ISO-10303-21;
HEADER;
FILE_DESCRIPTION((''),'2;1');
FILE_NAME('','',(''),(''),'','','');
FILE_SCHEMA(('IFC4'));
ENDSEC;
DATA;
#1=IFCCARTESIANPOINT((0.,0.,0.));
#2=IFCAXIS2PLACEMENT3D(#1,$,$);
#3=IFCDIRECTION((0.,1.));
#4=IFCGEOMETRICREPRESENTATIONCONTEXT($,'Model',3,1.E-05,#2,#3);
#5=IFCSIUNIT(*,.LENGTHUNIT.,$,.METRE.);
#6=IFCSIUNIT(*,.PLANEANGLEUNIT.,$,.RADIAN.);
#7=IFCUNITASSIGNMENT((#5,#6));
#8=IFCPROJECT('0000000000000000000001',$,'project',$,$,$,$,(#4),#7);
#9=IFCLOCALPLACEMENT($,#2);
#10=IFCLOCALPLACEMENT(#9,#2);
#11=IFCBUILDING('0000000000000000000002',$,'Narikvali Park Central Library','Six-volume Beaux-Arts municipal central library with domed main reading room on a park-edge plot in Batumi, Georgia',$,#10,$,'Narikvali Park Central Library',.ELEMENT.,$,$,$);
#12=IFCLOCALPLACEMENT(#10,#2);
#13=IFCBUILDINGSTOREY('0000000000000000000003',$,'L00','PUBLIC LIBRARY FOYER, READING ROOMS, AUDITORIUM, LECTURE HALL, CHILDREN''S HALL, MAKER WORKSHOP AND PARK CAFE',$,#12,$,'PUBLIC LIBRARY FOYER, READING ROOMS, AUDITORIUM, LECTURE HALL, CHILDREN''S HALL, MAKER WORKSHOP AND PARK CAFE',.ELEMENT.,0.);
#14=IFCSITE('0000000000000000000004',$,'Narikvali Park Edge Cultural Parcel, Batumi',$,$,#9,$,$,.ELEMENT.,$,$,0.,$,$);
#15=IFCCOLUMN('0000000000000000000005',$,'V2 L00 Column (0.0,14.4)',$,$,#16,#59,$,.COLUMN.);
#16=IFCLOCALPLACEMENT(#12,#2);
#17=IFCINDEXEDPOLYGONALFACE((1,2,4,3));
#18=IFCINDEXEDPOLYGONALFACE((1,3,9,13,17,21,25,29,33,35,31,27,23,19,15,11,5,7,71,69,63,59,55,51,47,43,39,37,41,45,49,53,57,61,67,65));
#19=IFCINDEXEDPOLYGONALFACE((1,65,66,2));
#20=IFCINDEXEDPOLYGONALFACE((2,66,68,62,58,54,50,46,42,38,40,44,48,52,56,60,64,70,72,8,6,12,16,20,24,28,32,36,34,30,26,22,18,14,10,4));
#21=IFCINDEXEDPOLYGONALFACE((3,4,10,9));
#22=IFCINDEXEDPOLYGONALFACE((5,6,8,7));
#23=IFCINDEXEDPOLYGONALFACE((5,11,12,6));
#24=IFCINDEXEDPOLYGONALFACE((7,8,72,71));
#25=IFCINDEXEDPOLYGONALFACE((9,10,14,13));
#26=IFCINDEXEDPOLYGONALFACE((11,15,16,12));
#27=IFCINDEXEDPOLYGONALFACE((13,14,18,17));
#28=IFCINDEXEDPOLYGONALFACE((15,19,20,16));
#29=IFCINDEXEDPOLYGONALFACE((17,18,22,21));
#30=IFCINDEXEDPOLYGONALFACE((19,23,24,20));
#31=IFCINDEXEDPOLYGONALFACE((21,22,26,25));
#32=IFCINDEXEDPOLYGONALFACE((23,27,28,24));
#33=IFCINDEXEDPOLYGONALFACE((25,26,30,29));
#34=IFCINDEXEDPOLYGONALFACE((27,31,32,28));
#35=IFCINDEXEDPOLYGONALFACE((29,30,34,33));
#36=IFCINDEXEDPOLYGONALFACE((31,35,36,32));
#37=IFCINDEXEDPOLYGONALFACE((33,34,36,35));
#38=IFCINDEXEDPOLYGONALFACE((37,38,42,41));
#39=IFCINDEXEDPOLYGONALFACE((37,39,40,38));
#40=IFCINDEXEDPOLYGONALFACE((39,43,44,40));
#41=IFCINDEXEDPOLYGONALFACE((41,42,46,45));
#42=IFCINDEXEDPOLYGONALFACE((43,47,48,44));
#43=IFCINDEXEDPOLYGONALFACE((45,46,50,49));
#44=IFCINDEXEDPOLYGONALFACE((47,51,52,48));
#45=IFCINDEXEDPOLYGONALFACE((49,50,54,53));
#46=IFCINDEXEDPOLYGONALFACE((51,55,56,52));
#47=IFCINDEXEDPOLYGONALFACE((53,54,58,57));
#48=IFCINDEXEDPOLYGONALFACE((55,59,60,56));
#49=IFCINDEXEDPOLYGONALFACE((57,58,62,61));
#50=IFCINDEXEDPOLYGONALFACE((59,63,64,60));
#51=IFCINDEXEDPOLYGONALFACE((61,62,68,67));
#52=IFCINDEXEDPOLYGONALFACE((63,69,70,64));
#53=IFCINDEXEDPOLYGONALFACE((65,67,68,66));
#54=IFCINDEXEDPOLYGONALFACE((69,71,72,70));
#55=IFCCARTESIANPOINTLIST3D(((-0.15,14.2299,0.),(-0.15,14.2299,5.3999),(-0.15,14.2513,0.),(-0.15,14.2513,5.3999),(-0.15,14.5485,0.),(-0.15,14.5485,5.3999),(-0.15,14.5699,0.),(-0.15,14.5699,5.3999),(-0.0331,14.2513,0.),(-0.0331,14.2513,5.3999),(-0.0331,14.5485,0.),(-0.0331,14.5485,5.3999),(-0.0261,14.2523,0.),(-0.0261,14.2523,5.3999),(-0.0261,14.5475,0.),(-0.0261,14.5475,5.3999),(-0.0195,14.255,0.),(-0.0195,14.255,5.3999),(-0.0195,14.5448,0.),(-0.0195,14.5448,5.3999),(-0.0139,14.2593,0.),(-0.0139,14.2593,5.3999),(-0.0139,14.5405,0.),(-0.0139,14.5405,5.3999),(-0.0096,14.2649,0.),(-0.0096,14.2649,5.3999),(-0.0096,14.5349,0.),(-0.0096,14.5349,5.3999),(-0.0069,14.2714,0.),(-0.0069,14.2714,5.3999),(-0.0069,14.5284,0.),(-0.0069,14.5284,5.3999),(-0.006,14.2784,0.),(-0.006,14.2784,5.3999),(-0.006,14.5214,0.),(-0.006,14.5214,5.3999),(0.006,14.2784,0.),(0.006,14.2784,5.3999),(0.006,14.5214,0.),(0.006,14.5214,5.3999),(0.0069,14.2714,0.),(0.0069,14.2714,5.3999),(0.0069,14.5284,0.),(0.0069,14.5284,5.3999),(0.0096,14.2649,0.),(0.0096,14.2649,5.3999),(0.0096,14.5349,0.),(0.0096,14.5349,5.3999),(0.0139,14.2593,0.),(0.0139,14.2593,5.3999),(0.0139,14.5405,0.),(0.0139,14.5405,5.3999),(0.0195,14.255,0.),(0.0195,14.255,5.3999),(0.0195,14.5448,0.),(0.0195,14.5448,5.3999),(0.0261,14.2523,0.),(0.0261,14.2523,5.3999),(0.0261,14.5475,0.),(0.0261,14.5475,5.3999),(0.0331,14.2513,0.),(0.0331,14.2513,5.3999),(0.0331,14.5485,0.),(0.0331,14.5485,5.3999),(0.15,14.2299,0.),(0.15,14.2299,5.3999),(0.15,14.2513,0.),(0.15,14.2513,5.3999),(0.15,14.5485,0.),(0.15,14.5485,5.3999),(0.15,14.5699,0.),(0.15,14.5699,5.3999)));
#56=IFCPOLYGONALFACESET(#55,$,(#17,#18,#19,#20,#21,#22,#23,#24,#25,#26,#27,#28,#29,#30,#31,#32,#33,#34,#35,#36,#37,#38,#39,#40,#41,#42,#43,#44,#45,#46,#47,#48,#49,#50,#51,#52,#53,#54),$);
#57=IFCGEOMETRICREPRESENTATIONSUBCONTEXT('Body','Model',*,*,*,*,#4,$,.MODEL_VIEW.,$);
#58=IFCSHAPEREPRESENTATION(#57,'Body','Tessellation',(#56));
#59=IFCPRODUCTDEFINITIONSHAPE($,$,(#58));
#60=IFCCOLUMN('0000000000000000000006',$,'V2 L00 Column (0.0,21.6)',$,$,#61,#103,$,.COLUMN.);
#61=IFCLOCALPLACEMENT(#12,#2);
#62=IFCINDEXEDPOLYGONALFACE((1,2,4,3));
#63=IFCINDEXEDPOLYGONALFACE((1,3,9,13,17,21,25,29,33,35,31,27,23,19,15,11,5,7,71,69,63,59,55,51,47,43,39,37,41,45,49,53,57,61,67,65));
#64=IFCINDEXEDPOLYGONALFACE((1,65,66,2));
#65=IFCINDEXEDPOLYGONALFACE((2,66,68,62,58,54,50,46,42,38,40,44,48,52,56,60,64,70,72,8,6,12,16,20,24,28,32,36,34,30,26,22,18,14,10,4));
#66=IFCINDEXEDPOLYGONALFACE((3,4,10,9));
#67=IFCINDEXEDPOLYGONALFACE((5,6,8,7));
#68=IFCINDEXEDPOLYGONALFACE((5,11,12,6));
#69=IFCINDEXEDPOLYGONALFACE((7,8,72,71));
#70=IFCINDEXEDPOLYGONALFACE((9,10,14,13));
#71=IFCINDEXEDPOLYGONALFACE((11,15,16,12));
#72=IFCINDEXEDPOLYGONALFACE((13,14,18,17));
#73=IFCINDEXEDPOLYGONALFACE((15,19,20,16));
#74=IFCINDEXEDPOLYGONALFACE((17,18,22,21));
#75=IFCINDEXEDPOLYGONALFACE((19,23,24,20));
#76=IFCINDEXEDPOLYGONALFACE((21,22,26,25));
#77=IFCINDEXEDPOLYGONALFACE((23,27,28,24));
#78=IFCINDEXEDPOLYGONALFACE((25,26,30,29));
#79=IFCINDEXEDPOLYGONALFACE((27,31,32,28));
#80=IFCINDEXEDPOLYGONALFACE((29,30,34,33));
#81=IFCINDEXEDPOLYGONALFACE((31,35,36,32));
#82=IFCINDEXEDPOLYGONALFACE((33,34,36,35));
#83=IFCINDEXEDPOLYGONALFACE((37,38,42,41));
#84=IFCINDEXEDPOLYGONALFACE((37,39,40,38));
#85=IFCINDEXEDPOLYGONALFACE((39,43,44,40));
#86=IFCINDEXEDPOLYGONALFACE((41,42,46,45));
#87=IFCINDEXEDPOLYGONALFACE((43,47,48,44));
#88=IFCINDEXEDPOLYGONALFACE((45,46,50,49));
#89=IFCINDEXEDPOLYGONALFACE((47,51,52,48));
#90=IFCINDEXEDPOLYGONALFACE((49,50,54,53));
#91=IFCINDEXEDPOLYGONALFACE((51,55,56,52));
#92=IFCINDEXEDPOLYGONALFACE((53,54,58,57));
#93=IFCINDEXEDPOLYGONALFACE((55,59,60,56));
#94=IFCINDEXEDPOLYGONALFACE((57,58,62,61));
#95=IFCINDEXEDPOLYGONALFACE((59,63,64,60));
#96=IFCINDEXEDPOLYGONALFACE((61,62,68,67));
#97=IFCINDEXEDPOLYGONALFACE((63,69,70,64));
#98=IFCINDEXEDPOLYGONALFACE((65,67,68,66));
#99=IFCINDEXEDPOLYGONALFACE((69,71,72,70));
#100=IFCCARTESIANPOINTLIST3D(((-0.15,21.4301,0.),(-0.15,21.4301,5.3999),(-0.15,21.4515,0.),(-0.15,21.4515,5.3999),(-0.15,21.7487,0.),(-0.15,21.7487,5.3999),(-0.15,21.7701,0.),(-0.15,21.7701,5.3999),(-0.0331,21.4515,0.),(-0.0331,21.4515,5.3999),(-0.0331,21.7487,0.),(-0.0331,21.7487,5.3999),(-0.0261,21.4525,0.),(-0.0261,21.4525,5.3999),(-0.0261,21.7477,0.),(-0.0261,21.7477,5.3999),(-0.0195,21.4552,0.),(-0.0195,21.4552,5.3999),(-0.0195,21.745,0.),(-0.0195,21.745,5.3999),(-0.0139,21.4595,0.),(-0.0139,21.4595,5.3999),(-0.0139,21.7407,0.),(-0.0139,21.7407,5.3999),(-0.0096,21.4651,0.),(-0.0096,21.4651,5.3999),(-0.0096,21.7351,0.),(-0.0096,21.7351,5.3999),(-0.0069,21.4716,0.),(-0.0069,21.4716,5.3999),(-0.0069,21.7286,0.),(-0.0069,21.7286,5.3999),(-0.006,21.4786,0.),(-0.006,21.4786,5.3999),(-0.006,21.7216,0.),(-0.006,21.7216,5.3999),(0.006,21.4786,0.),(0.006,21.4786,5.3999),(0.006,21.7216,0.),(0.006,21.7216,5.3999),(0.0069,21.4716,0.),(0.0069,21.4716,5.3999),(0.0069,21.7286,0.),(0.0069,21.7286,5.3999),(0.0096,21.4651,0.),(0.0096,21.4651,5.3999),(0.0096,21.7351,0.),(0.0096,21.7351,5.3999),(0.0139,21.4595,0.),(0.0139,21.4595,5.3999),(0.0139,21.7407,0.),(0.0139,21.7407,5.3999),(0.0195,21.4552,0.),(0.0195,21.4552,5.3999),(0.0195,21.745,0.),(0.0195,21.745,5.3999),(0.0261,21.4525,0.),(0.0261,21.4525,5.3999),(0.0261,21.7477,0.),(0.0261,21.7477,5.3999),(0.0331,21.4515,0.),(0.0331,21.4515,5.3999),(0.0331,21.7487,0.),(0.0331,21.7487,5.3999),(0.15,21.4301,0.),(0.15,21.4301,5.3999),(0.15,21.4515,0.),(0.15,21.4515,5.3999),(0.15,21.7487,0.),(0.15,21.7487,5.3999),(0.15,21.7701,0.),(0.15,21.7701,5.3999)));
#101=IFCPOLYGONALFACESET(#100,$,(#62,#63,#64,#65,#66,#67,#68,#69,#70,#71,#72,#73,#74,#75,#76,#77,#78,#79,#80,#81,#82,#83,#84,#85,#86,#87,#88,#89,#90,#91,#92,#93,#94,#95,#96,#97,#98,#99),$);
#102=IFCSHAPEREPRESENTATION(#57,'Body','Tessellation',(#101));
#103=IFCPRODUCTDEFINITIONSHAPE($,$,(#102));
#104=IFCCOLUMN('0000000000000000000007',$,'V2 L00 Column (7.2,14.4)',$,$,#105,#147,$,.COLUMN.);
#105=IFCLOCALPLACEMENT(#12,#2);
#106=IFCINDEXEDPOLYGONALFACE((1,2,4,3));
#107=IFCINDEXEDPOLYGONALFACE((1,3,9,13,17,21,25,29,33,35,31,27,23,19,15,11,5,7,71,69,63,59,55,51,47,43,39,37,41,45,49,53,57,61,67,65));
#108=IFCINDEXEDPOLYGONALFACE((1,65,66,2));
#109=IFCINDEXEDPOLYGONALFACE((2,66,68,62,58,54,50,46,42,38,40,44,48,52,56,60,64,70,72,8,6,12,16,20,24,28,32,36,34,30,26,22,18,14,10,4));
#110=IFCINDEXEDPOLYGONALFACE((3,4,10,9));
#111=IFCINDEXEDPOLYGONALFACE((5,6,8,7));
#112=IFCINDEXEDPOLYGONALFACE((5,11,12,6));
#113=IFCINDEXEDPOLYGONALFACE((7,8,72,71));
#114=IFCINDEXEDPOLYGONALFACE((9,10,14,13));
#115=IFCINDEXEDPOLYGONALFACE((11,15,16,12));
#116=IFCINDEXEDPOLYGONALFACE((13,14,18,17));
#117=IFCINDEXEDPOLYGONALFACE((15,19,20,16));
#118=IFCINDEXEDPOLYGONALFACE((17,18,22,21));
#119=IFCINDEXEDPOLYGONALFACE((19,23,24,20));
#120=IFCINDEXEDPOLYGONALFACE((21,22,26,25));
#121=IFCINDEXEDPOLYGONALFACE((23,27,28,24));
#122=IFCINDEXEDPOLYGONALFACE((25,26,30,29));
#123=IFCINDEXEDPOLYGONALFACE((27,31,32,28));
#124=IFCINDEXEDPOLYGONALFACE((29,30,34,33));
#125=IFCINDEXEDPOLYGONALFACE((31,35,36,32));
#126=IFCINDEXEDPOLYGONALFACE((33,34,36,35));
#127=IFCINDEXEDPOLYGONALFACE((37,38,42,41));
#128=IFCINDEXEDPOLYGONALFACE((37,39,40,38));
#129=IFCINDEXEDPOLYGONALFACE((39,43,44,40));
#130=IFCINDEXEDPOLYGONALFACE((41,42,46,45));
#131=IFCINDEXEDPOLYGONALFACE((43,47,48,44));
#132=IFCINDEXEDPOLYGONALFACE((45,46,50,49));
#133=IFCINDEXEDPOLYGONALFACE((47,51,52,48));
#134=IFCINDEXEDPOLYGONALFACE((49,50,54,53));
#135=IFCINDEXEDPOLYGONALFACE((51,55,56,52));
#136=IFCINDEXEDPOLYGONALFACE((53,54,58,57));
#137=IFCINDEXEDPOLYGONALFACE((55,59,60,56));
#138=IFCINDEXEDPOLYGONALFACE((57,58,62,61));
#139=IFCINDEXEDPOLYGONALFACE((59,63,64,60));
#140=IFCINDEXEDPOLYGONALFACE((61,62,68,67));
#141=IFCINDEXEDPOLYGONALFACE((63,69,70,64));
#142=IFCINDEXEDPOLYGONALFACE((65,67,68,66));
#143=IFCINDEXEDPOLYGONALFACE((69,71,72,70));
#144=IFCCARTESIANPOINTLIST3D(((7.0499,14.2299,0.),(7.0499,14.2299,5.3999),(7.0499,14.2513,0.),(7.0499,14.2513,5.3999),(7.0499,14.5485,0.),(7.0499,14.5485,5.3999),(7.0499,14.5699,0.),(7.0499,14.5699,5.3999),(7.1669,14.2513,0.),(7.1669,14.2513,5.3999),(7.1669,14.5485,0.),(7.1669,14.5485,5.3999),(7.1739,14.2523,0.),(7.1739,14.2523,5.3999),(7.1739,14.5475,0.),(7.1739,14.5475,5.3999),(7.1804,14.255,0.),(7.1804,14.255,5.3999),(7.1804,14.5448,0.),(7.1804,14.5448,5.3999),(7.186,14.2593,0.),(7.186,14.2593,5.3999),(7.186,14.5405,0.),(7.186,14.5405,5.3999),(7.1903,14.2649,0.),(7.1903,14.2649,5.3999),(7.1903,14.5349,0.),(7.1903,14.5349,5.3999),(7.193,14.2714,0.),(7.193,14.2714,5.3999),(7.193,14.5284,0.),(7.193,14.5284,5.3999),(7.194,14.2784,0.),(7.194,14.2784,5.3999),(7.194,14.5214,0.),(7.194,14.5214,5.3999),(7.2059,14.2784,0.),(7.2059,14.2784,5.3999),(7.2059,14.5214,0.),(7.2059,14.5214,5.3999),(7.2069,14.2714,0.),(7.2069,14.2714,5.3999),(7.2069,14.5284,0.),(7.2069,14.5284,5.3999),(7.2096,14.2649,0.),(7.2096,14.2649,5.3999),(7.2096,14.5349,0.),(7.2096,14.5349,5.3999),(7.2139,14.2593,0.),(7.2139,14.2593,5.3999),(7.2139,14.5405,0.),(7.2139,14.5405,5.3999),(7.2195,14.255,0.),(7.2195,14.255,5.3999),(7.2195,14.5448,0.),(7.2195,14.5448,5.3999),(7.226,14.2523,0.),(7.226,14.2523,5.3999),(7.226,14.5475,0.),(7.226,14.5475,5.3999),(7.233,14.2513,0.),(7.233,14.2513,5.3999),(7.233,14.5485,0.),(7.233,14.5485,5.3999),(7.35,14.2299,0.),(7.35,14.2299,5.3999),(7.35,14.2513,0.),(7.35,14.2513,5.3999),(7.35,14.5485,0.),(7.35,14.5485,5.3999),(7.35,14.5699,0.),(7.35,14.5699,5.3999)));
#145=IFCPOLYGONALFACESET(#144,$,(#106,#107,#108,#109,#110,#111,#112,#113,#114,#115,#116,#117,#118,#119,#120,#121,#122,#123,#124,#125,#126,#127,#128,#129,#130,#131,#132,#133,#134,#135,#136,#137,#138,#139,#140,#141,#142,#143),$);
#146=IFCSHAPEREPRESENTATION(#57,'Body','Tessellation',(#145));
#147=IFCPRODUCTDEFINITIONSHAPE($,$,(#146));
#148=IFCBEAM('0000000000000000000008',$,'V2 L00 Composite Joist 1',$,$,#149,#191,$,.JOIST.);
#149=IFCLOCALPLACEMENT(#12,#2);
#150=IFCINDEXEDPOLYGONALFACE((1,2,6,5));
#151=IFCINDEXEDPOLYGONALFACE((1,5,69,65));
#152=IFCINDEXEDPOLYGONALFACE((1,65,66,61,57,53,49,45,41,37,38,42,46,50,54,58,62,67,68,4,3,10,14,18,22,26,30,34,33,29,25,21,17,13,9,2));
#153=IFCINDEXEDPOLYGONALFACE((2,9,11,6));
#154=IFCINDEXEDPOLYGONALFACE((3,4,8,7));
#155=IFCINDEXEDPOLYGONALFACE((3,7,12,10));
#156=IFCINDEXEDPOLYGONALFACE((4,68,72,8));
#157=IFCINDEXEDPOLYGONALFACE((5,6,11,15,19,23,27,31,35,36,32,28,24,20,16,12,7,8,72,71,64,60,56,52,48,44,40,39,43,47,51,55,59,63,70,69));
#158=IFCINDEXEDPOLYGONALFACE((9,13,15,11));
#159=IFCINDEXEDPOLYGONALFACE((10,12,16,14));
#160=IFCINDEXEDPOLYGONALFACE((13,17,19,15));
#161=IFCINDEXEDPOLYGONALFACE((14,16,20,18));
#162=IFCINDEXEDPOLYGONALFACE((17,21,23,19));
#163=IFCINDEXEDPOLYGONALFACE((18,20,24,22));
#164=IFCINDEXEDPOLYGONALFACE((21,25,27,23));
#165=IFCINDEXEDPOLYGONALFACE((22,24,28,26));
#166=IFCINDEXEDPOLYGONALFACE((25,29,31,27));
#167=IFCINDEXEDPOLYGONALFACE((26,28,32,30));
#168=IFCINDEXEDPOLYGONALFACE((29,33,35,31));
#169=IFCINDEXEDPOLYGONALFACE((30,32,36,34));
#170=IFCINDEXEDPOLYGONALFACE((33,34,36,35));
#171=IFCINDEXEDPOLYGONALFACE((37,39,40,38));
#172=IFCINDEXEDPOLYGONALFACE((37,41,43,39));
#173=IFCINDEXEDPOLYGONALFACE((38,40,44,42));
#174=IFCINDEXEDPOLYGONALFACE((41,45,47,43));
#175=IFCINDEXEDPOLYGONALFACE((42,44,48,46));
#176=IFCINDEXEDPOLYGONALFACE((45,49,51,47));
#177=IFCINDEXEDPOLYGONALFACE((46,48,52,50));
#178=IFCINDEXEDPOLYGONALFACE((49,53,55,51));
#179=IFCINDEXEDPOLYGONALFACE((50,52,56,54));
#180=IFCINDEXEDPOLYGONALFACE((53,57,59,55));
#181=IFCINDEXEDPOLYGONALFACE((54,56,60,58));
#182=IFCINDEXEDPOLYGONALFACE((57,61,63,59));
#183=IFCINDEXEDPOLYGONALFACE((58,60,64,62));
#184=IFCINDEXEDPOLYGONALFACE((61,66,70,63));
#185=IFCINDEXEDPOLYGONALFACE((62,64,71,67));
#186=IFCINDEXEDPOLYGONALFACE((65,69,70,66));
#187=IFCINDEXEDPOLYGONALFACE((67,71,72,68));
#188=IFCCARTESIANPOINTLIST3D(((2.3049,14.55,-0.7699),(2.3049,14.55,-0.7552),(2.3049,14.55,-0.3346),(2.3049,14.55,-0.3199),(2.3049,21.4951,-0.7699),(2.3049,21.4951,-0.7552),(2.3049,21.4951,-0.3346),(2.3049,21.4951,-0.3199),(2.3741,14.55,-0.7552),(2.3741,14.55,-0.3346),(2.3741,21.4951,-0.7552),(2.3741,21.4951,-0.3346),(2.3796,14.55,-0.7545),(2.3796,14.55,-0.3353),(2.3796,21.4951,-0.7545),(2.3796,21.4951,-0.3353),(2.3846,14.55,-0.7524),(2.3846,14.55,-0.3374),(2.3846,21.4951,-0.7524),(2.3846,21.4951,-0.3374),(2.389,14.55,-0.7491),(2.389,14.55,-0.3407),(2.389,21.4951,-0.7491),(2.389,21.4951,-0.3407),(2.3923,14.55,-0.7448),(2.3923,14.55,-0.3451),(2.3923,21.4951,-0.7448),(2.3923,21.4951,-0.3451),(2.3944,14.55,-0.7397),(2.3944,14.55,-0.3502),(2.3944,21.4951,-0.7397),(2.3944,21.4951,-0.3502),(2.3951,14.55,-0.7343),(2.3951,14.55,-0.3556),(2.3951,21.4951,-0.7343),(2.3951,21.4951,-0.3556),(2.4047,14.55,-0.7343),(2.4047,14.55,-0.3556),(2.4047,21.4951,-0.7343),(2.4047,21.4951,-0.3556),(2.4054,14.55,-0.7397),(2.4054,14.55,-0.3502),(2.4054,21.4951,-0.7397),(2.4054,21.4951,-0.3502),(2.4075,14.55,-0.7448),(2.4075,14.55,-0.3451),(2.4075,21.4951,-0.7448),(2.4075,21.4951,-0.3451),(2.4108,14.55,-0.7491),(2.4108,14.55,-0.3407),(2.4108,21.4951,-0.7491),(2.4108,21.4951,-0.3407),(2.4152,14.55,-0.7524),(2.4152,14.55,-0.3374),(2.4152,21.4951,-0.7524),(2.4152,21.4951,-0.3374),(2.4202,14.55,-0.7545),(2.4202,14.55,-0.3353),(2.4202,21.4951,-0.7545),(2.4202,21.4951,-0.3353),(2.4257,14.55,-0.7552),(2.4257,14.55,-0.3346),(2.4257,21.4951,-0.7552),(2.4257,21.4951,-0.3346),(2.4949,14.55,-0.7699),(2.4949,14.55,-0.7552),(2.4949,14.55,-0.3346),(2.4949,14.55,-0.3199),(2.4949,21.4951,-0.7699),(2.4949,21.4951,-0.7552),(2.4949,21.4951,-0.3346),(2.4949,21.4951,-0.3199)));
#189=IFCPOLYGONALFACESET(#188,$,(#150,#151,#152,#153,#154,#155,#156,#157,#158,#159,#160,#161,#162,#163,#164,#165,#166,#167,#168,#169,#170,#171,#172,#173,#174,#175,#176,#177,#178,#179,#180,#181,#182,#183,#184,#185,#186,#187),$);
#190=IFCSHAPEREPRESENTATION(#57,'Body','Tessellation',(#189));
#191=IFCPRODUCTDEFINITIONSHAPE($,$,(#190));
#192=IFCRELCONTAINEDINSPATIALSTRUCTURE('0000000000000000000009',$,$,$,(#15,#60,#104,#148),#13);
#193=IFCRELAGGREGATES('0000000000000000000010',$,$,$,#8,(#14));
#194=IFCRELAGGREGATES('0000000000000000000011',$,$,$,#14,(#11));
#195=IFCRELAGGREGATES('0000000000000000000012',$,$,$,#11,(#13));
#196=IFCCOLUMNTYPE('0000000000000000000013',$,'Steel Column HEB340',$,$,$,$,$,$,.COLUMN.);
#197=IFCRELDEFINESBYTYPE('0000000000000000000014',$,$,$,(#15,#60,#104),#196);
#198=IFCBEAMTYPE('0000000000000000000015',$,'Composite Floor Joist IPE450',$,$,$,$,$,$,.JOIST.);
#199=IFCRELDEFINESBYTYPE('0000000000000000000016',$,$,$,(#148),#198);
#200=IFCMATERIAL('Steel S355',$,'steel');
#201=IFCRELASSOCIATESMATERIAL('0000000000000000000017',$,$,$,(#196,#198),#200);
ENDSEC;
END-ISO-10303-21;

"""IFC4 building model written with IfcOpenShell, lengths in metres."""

from ifc_helpers import new_model, si_unit, direction, frame, origin, origin_2d, place, context, subcontext, project, spatial, i_section, extrude, material, material_profile, profile_set, type_object, element, save


model = new_model("IFC4")

# Units and contexts
model_context = context("Model", 3, precision=1e-05, world=origin(), true_north=direction((0.0, 1.0)))
body_context = subcontext(model_context, "Body", "Model", "MODEL_VIEW")
ifc_project = project(units=[si_unit("LENGTHUNIT", "METRE"), si_unit("PLANEANGLEUNIT", "RADIAN")], contexts=[model_context])

# Site, building, storey
site_placement = place(None, origin())
site = spatial("IfcSite", under=ifc_project, at=site_placement, Name="Narikvali Park Edge Cultural Parcel, Batumi", CompositionType="ELEMENT", RefElevation=0.0)
building_placement = place(site_placement, origin())
building = spatial("IfcBuilding", under=site, at=building_placement, Name="Narikvali Park Central Library", Description="Six-volume Beaux-Arts municipal central library with domed main reading room on a park-edge plot in Batumi, Georgia", LongName="Narikvali Park Central Library", CompositionType="ELEMENT")
storey_placement = place(building_placement, origin())
storey = spatial("IfcBuildingStorey", under=building, at=storey_placement, Name="L00", Description="PUBLIC LIBRARY FOYER, READING ROOMS, AUDITORIUM, LECTURE HALL, CHILDREN'S HALL, MAKER WORKSHOP AND PARK CAFE", LongName="PUBLIC LIBRARY FOYER, READING ROOMS, AUDITORIUM, LECTURE HALL, CHILDREN'S HALL, MAKER WORKSHOP AND PARK CAFE", CompositionType="ELEMENT", Elevation=0.0)

# Columns
ifc_material_1 = material(Name="Steel S355", Category="steel")
ifc_material_profile_1 = material_profile(ifc_material_1, i_section(OverallWidth=0.3, OverallDepth=0.3401, WebThickness=0.012, FlangeThickness=0.0215, FilletRadius=0.0271, at=origin_2d()), Name="HEB 340")
ifc_profile_set_1 = profile_set([ifc_material_profile_1], Name="Steel S355")
column_type = type_object("IfcColumnType", Name="Steel Column HEB340", PredefinedType="COLUMN", material=ifc_profile_set_1)
for number, where, z_axis, x_axis, name in (
    (1, (0.0, 14.3999, 0.0), (0.0, 0.0, 1.0), (1.0, 0.0, 0.0), "V2 L00 Column (0.0,14.4)"),
    (2, (0.0, 21.6001, 0.0), (0.0, 0.0, 1.0), (1.0, 0.0, 0.0), "V2 L00 Column (0.0,21.6)"),
    (3, (7.2, 14.3999, 0.0), (0.0, 0.0, 1.0), (1.0, 0.0, 0.0), "V2 L00 Column (7.2,14.4)"),
):
    element("IfcColumn", number, at=place(storey_placement, frame(where, z_axis=z_axis, x_axis=x_axis)), inside=storey, type_object=column_type, Name=name, PredefinedType="COLUMN", context=body_context, shape_type="SweptSolid", body=[
        extrude(i_section(OverallWidth=0.3, OverallDepth=0.3401, WebThickness=0.012, FlangeThickness=0.0215, FilletRadius=0.0271, at=origin_2d()), origin(), (0.0, 0.0, 1.0), 5.3999),
    ])

# Beam
ifc_material_profile_2 = material_profile(ifc_material_1, i_section(OverallWidth=0.1899, OverallDepth=0.45, WebThickness=0.0095, FlangeThickness=0.0146, FilletRadius=0.021, at=origin_2d()), Name="IPE 450")
ifc_profile_set_2 = profile_set([ifc_material_profile_2], Name="Steel S355")
beam_type_1 = type_object("IfcBeamType", Name="Composite Floor Joist IPE450", PredefinedType="JOIST", material=ifc_profile_set_2)
for number, where, z_axis, x_axis, name in (
    (4, (2.3999, 14.55, -0.5449), (0.0, 1.0, 0.0), (-1.0, 0.0, 0.0), "V2 L00 Composite Joist 1"),
):
    element("IfcBeam", number, at=place(storey_placement, frame(where, z_axis=z_axis, x_axis=x_axis)), inside=storey, type_object=beam_type_1, Name=name, PredefinedType="JOIST", context=body_context, shape_type="SweptSolid", body=[
        extrude(i_section(OverallWidth=0.1899, OverallDepth=0.45, WebThickness=0.0095, FlangeThickness=0.0146, FilletRadius=0.021, at=origin_2d()), origin(), (0.0, 0.0, 1.0), 6.9451),
    ])

save(model, "model.ifc")
